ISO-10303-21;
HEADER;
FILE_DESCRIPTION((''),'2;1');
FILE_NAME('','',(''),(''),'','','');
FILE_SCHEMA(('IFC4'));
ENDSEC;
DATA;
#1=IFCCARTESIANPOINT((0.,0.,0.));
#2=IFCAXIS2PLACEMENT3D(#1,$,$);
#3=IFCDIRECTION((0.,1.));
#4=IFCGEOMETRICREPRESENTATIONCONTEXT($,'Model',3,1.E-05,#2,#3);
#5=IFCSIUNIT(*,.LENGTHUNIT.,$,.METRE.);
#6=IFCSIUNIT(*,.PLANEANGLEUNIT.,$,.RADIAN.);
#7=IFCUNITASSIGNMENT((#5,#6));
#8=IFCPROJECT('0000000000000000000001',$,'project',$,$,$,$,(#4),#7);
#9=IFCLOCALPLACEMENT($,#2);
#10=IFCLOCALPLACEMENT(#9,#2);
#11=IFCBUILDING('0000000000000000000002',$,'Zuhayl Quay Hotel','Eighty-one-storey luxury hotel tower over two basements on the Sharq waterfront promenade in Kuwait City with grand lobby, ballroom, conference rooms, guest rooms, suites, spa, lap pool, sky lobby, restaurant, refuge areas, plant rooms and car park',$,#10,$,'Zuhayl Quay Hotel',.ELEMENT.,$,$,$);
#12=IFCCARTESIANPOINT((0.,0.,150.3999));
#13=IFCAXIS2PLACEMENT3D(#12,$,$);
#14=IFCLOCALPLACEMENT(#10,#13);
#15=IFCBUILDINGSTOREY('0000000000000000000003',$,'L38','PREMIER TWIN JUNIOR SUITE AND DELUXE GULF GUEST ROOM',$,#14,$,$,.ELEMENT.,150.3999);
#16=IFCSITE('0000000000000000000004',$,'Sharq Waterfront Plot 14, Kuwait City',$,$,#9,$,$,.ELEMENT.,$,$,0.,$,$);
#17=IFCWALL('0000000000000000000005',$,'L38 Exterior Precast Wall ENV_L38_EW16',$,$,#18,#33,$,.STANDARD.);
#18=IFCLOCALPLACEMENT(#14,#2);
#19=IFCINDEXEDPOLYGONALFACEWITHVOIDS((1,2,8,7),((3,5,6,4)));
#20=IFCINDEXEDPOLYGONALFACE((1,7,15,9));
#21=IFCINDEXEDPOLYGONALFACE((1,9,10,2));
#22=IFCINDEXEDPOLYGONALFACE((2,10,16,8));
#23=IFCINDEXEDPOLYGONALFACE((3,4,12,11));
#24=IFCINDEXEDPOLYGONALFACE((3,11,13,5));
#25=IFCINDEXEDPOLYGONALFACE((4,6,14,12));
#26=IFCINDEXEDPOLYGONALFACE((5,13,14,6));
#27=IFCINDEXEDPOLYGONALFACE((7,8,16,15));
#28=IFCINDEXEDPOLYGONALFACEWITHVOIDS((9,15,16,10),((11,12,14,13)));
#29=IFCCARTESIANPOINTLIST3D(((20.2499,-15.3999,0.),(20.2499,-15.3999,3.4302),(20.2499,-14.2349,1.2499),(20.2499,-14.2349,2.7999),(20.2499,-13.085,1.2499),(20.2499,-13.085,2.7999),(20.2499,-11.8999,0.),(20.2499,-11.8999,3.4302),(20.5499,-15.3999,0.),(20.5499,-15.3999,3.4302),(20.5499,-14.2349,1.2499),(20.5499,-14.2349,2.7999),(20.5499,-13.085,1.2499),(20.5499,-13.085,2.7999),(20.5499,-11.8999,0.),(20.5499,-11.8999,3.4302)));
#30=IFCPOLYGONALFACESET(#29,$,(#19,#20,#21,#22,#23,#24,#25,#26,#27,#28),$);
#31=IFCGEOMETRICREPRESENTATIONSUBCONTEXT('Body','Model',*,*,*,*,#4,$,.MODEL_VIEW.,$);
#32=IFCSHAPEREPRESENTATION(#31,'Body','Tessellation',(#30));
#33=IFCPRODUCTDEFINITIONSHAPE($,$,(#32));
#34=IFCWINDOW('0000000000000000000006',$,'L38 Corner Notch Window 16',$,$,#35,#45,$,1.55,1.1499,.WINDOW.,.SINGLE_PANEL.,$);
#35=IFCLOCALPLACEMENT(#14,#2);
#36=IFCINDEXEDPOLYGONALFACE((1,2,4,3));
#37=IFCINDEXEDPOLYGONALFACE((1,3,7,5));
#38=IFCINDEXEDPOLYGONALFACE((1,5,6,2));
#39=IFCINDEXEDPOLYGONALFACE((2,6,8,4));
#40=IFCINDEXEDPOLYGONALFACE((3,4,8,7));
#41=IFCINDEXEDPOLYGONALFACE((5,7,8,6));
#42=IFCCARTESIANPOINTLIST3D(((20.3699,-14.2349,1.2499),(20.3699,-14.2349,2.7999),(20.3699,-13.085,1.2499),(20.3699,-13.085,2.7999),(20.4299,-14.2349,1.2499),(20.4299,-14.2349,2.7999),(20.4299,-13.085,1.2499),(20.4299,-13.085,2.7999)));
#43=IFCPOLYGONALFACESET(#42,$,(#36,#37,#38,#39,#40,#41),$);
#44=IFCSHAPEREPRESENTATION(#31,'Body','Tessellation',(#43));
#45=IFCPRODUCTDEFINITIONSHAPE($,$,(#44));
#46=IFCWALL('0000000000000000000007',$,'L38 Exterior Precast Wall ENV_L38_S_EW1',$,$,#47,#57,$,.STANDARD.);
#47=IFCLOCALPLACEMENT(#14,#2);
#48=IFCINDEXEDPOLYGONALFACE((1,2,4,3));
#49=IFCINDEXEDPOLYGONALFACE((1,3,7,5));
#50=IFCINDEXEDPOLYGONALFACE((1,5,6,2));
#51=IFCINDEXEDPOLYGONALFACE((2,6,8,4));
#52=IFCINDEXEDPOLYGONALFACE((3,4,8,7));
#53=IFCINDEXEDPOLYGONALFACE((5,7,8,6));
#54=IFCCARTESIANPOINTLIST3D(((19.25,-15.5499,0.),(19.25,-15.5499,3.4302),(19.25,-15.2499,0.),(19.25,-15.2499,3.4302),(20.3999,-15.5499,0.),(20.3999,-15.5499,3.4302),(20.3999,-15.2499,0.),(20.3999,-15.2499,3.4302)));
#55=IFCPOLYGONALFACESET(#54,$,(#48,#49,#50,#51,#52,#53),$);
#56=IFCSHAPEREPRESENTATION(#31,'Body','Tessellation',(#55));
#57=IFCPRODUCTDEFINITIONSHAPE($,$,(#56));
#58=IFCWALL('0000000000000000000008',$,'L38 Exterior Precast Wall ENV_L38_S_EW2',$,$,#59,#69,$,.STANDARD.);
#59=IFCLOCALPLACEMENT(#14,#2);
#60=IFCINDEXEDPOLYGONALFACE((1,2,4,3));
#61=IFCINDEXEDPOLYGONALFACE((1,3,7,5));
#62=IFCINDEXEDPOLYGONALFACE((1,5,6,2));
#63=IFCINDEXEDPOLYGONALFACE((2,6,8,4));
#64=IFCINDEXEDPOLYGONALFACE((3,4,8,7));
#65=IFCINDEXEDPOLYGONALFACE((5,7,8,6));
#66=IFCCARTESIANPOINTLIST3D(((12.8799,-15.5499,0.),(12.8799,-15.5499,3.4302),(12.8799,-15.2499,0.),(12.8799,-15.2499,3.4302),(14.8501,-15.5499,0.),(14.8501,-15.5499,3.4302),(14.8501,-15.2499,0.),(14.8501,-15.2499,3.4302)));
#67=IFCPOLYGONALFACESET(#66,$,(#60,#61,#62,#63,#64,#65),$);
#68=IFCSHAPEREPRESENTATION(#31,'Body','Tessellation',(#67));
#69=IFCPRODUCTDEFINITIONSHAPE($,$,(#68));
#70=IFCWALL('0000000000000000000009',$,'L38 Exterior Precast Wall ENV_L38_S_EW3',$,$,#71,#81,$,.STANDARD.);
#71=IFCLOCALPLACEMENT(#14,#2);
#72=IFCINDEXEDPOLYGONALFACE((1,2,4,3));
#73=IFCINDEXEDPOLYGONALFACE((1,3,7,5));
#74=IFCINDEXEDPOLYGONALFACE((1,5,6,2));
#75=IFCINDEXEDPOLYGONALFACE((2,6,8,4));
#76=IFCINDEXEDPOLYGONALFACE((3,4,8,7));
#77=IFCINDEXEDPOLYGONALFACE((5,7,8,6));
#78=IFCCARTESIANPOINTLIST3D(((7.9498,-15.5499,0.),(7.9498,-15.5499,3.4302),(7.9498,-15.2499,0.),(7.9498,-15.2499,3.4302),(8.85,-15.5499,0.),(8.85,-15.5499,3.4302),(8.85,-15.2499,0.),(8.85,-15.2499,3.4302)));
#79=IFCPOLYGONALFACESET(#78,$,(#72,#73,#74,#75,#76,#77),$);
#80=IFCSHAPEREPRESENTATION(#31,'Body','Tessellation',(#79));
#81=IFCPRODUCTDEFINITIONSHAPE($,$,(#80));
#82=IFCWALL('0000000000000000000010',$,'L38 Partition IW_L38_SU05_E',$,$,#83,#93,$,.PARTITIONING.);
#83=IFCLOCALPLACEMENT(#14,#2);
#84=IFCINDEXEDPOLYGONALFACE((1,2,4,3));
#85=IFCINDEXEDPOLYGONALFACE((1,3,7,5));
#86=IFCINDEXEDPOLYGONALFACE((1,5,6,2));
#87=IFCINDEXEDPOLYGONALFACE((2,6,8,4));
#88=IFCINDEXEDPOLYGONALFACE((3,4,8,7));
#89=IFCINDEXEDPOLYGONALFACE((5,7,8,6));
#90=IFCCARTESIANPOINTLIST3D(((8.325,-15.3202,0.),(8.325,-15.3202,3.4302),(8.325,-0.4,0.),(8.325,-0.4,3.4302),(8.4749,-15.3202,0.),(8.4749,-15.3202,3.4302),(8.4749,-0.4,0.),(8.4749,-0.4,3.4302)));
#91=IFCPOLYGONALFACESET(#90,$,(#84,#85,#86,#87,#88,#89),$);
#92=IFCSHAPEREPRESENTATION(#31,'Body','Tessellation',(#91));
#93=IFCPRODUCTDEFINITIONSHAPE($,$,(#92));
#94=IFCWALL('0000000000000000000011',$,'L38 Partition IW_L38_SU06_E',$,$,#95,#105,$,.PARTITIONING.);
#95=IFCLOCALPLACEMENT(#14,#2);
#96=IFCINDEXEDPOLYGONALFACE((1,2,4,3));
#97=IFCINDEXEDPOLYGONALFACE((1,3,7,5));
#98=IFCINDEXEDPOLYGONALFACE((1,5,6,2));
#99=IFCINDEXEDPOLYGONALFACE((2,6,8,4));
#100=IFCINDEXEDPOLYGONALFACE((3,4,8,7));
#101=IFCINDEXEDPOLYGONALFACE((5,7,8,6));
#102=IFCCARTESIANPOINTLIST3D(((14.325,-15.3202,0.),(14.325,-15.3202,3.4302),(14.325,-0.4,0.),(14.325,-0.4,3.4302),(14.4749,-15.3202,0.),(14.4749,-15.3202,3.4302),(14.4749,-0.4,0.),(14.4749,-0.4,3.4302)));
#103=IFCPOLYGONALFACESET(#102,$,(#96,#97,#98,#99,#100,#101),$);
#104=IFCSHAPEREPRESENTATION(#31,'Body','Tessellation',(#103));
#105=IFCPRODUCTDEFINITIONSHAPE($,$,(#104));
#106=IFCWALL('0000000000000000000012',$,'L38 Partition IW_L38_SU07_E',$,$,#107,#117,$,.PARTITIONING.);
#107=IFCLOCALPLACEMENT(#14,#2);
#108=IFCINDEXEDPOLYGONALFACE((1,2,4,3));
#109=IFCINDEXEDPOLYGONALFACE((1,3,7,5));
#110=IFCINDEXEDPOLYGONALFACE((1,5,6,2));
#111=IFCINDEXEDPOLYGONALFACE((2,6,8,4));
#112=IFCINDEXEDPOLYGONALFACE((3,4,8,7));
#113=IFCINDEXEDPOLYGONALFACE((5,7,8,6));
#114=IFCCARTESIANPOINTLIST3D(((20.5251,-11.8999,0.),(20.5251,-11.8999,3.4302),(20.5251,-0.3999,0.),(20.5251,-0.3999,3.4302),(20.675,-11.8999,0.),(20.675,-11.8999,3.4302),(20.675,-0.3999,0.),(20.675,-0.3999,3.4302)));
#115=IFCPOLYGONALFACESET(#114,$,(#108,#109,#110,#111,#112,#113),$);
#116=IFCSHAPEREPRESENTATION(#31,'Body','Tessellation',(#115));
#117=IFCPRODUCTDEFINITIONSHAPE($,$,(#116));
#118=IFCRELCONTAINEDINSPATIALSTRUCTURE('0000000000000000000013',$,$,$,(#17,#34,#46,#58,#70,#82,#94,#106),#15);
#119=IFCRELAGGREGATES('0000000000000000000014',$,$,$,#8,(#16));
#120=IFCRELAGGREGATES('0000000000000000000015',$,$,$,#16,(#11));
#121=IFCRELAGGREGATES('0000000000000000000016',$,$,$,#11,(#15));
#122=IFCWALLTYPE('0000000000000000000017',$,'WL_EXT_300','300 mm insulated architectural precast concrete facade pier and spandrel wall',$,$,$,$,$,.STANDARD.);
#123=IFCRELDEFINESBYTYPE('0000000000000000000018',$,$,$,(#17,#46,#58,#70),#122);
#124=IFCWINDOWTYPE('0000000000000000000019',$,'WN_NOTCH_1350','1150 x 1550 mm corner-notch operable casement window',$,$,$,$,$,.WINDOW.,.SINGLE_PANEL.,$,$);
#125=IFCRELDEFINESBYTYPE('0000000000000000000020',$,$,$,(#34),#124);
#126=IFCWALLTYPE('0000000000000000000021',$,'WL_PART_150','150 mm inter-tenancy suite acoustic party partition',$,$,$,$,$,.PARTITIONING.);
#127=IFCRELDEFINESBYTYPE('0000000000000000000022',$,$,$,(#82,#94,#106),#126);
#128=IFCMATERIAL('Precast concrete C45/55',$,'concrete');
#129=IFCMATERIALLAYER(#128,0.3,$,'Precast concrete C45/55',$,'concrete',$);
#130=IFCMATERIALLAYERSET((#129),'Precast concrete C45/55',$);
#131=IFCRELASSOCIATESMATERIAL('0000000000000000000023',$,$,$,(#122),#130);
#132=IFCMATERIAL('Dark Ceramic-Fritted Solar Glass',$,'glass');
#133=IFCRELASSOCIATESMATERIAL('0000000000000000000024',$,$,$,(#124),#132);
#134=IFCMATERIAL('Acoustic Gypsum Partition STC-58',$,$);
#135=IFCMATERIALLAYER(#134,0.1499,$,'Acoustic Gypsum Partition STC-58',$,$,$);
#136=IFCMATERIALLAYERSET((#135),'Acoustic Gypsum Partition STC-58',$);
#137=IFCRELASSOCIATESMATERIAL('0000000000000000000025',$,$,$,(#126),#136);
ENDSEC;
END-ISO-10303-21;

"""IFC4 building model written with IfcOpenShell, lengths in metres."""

from ifc_helpers import new_model, si_unit, direction, frame, frame_2d, origin, place, context, subcontext, project, spatial, rectangle, extrude, material, layer, layer_set, type_object, element, fill, save


model = new_model("IFC4")

# Units and contexts
model_context = context("Model", 3, precision=1e-05, world=origin(), true_north=direction((0.0, 1.0)))
body_context = subcontext(model_context, "Body", "Model", "MODEL_VIEW")
ifc_project = project(units=[si_unit("LENGTHUNIT", "METRE"), si_unit("PLANEANGLEUNIT", "RADIAN")], contexts=[model_context])

# Site, building, storey
site_placement = place(None, origin())
site = spatial("IfcSite", under=ifc_project, at=site_placement, Name="Sharq Waterfront Plot 14, Kuwait City", CompositionType="ELEMENT", RefElevation=0.0)
building_placement = place(site_placement, origin())
building = spatial("IfcBuilding", under=site, at=building_placement, Name="Zuhayl Quay Hotel", Description="Eighty-one-storey luxury hotel tower over two basements on the Sharq waterfront promenade in Kuwait City with grand lobby, ballroom, conference rooms, guest rooms, suites, spa, lap pool, sky lobby, restaurant, refuge areas, plant rooms and car park", LongName="Zuhayl Quay Hotel", CompositionType="ELEMENT")
storey_placement = place(building_placement, frame((0.0, 0.0, 150.3999)))
storey = spatial("IfcBuildingStorey", under=building, at=storey_placement, Name="L38", Description="PREMIER TWIN JUNIOR SUITE AND DELUXE GULF GUEST ROOM", CompositionType="ELEMENT", Elevation=150.3999)

# Shared definitions
ifc_material_1 = material(Name="Dark Ceramic-Fritted Solar Glass", Category="glass")

# Shared definitions
ifc_material_2 = material(Name="Precast concrete C45/55", Category="concrete")
ifc_layer_1 = layer(ifc_material_2, 0.3, Name="Precast concrete C45/55", Category="concrete")
ifc_layer_set_1 = layer_set([ifc_layer_1], Name="Precast concrete C45/55")
wall_type_1 = type_object("IfcWallType", Name="WL_EXT_300", Description="300 mm insulated architectural precast concrete facade pier and spandrel wall", PredefinedType="STANDARD", material=ifc_layer_set_1)

# Wall, opening, window
window_type = type_object("IfcWindowType", Name="WN_NOTCH_1350", Description="1150 x 1550 mm corner-notch operable casement window", PartitioningType="SINGLE_PANEL", PredefinedType="WINDOW", material=ifc_material_1)
wall_1_placement = place(storey_placement, frame((20.3999, -11.8999, 0.0), z_axis=(0.0, 0.0, 1.0), x_axis=(0.0, -1.0, 0.0)))
wall_1 = element("IfcWall", 1, at=wall_1_placement, inside=storey, type_object=wall_type_1, Name="L38 Exterior Precast Wall ENV_L38_EW16", PredefinedType="STANDARD", context=body_context, shape_type="SweptSolid", body=[
    extrude(rectangle(XDim=3.5, YDim=0.3, at=frame_2d((1.75, 0.0))), origin(), (0.0, 0.0, 1.0), 3.4302),
])
opening_1_placement = place(wall_1_placement, frame((1.1851, 0.0, 1.25)))
opening_1 = element("IfcOpeningElement", 2, at=opening_1_placement, cuts=wall_1, PredefinedType="OPENING", context=body_context, shape_type="SweptSolid", body=[
    extrude(rectangle(XDim=1.1499, YDim=1.55, at=frame_2d((0.575, 0.7749))), frame((0.0, 0.1599, 0.0), z_axis=(0.0, -1.0, 0.0), x_axis=(1.0, 0.0, 0.0)), (0.0, 0.0, 1.0), 0.3201),
])
window_1_placement = place(opening_1_placement, origin())
window_1 = element("IfcWindow", 3, at=window_1_placement, inside=storey, type_object=window_type, Name="L38 Corner Notch Window 16", OverallHeight=1.55, OverallWidth=1.1499, PartitioningType="SINGLE_PANEL", PredefinedType="WINDOW", context=body_context, shape_type="SweptSolid", body=[
    extrude(rectangle(XDim=1.1499, YDim=1.55, at=frame_2d((0.575, 0.7749))), frame((0.0, 0.03, 0.0), z_axis=(0.0, -1.0, 0.0), x_axis=(1.0, 0.0, 0.0)), (0.0, 0.0, 1.0), 0.0601),
])
fill(opening_1, window_1)

# Walls
wall_2_placement = place(storey_placement, frame((20.3999, -15.3999, 0.0), z_axis=(0.0, 0.0, 1.0), x_axis=(-1.0, 0.0, 0.0)))
element("IfcWall", 4, at=wall_2_placement, inside=storey, type_object=wall_type_1, Name="L38 Exterior Precast Wall ENV_L38_S_EW1", PredefinedType="STANDARD", context=body_context, shape_type="SweptSolid", body=[
    extrude(rectangle(XDim=1.1499, YDim=0.3, at=frame_2d((0.575, 0.0))), origin(), (0.0, 0.0, 1.0), 3.4302),
])
wall_3_placement = place(storey_placement, frame((14.8501, -15.3999, 0.0), z_axis=(0.0, 0.0, 1.0), x_axis=(-1.0, 0.0, 0.0)))
element("IfcWall", 5, at=wall_3_placement, inside=storey, type_object=wall_type_1, Name="L38 Exterior Precast Wall ENV_L38_S_EW2", PredefinedType="STANDARD", context=body_context, shape_type="SweptSolid", body=[
    extrude(rectangle(XDim=1.9702, YDim=0.3, at=frame_2d((0.9851, 0.0))), origin(), (0.0, 0.0, 1.0), 3.4302),
])
wall_4_placement = place(storey_placement, frame((8.8501, -15.3999, 0.0), z_axis=(0.0, 0.0, 1.0), x_axis=(-1.0, 0.0, 0.0)))
element("IfcWall", 6, at=wall_4_placement, inside=storey, type_object=wall_type_1, Name="L38 Exterior Precast Wall ENV_L38_S_EW3", PredefinedType="STANDARD", context=body_context, shape_type="SweptSolid", body=[
    extrude(rectangle(XDim=0.9001, YDim=0.3, at=frame_2d((0.4502, 0.0))), origin(), (0.0, 0.0, 1.0), 3.4302),
])
ifc_material_3 = material(Name="Acoustic Gypsum Partition STC-58")
ifc_layer_2 = layer(ifc_material_3, 0.1499, Name="Acoustic Gypsum Partition STC-58")
ifc_layer_set_2 = layer_set([ifc_layer_2], Name="Acoustic Gypsum Partition STC-58")
wall_type_2 = type_object("IfcWallType", Name="WL_PART_150", Description="150 mm inter-tenancy suite acoustic party partition", PredefinedType="PARTITIONING", material=ifc_layer_set_2)
for number, where, z_axis, x_axis, name in (
    (7, (8.3999, -15.3201, 0.0), (0.0, 0.0, 1.0), (0.0, 1.0, 0.0), "L38 Partition IW_L38_SU05_E"),
    (8, (14.3999, -15.3201, 0.0), (0.0, 0.0, 1.0), (0.0, 1.0, 0.0), "L38 Partition IW_L38_SU06_E"),
):
    element("IfcWall", number, at=place(storey_placement, frame(where, z_axis=z_axis, x_axis=x_axis)), inside=storey, type_object=wall_type_2, Name=name, PredefinedType="PARTITIONING", context=body_context, shape_type="SweptSolid", body=[
        extrude(rectangle(XDim=14.9202, YDim=0.1499, at=frame_2d((7.46, 0.0))), origin(), (0.0, 0.0, 1.0), 3.4302),
    ])
wall_5_placement = place(storey_placement, frame((20.6001, -11.8999, 0.0), z_axis=(0.0, 0.0, 1.0), x_axis=(0.0, 1.0, 0.0)))
element("IfcWall", 9, at=wall_5_placement, inside=storey, type_object=wall_type_2, Name="L38 Partition IW_L38_SU07_E", PredefinedType="PARTITIONING", context=body_context, shape_type="SweptSolid", body=[
    extrude(rectangle(XDim=11.5, YDim=0.1499, at=frame_2d((5.75, 0.0))), origin(), (0.0, 0.0, 1.0), 3.4302),
])

save(model, "model.ifc")
